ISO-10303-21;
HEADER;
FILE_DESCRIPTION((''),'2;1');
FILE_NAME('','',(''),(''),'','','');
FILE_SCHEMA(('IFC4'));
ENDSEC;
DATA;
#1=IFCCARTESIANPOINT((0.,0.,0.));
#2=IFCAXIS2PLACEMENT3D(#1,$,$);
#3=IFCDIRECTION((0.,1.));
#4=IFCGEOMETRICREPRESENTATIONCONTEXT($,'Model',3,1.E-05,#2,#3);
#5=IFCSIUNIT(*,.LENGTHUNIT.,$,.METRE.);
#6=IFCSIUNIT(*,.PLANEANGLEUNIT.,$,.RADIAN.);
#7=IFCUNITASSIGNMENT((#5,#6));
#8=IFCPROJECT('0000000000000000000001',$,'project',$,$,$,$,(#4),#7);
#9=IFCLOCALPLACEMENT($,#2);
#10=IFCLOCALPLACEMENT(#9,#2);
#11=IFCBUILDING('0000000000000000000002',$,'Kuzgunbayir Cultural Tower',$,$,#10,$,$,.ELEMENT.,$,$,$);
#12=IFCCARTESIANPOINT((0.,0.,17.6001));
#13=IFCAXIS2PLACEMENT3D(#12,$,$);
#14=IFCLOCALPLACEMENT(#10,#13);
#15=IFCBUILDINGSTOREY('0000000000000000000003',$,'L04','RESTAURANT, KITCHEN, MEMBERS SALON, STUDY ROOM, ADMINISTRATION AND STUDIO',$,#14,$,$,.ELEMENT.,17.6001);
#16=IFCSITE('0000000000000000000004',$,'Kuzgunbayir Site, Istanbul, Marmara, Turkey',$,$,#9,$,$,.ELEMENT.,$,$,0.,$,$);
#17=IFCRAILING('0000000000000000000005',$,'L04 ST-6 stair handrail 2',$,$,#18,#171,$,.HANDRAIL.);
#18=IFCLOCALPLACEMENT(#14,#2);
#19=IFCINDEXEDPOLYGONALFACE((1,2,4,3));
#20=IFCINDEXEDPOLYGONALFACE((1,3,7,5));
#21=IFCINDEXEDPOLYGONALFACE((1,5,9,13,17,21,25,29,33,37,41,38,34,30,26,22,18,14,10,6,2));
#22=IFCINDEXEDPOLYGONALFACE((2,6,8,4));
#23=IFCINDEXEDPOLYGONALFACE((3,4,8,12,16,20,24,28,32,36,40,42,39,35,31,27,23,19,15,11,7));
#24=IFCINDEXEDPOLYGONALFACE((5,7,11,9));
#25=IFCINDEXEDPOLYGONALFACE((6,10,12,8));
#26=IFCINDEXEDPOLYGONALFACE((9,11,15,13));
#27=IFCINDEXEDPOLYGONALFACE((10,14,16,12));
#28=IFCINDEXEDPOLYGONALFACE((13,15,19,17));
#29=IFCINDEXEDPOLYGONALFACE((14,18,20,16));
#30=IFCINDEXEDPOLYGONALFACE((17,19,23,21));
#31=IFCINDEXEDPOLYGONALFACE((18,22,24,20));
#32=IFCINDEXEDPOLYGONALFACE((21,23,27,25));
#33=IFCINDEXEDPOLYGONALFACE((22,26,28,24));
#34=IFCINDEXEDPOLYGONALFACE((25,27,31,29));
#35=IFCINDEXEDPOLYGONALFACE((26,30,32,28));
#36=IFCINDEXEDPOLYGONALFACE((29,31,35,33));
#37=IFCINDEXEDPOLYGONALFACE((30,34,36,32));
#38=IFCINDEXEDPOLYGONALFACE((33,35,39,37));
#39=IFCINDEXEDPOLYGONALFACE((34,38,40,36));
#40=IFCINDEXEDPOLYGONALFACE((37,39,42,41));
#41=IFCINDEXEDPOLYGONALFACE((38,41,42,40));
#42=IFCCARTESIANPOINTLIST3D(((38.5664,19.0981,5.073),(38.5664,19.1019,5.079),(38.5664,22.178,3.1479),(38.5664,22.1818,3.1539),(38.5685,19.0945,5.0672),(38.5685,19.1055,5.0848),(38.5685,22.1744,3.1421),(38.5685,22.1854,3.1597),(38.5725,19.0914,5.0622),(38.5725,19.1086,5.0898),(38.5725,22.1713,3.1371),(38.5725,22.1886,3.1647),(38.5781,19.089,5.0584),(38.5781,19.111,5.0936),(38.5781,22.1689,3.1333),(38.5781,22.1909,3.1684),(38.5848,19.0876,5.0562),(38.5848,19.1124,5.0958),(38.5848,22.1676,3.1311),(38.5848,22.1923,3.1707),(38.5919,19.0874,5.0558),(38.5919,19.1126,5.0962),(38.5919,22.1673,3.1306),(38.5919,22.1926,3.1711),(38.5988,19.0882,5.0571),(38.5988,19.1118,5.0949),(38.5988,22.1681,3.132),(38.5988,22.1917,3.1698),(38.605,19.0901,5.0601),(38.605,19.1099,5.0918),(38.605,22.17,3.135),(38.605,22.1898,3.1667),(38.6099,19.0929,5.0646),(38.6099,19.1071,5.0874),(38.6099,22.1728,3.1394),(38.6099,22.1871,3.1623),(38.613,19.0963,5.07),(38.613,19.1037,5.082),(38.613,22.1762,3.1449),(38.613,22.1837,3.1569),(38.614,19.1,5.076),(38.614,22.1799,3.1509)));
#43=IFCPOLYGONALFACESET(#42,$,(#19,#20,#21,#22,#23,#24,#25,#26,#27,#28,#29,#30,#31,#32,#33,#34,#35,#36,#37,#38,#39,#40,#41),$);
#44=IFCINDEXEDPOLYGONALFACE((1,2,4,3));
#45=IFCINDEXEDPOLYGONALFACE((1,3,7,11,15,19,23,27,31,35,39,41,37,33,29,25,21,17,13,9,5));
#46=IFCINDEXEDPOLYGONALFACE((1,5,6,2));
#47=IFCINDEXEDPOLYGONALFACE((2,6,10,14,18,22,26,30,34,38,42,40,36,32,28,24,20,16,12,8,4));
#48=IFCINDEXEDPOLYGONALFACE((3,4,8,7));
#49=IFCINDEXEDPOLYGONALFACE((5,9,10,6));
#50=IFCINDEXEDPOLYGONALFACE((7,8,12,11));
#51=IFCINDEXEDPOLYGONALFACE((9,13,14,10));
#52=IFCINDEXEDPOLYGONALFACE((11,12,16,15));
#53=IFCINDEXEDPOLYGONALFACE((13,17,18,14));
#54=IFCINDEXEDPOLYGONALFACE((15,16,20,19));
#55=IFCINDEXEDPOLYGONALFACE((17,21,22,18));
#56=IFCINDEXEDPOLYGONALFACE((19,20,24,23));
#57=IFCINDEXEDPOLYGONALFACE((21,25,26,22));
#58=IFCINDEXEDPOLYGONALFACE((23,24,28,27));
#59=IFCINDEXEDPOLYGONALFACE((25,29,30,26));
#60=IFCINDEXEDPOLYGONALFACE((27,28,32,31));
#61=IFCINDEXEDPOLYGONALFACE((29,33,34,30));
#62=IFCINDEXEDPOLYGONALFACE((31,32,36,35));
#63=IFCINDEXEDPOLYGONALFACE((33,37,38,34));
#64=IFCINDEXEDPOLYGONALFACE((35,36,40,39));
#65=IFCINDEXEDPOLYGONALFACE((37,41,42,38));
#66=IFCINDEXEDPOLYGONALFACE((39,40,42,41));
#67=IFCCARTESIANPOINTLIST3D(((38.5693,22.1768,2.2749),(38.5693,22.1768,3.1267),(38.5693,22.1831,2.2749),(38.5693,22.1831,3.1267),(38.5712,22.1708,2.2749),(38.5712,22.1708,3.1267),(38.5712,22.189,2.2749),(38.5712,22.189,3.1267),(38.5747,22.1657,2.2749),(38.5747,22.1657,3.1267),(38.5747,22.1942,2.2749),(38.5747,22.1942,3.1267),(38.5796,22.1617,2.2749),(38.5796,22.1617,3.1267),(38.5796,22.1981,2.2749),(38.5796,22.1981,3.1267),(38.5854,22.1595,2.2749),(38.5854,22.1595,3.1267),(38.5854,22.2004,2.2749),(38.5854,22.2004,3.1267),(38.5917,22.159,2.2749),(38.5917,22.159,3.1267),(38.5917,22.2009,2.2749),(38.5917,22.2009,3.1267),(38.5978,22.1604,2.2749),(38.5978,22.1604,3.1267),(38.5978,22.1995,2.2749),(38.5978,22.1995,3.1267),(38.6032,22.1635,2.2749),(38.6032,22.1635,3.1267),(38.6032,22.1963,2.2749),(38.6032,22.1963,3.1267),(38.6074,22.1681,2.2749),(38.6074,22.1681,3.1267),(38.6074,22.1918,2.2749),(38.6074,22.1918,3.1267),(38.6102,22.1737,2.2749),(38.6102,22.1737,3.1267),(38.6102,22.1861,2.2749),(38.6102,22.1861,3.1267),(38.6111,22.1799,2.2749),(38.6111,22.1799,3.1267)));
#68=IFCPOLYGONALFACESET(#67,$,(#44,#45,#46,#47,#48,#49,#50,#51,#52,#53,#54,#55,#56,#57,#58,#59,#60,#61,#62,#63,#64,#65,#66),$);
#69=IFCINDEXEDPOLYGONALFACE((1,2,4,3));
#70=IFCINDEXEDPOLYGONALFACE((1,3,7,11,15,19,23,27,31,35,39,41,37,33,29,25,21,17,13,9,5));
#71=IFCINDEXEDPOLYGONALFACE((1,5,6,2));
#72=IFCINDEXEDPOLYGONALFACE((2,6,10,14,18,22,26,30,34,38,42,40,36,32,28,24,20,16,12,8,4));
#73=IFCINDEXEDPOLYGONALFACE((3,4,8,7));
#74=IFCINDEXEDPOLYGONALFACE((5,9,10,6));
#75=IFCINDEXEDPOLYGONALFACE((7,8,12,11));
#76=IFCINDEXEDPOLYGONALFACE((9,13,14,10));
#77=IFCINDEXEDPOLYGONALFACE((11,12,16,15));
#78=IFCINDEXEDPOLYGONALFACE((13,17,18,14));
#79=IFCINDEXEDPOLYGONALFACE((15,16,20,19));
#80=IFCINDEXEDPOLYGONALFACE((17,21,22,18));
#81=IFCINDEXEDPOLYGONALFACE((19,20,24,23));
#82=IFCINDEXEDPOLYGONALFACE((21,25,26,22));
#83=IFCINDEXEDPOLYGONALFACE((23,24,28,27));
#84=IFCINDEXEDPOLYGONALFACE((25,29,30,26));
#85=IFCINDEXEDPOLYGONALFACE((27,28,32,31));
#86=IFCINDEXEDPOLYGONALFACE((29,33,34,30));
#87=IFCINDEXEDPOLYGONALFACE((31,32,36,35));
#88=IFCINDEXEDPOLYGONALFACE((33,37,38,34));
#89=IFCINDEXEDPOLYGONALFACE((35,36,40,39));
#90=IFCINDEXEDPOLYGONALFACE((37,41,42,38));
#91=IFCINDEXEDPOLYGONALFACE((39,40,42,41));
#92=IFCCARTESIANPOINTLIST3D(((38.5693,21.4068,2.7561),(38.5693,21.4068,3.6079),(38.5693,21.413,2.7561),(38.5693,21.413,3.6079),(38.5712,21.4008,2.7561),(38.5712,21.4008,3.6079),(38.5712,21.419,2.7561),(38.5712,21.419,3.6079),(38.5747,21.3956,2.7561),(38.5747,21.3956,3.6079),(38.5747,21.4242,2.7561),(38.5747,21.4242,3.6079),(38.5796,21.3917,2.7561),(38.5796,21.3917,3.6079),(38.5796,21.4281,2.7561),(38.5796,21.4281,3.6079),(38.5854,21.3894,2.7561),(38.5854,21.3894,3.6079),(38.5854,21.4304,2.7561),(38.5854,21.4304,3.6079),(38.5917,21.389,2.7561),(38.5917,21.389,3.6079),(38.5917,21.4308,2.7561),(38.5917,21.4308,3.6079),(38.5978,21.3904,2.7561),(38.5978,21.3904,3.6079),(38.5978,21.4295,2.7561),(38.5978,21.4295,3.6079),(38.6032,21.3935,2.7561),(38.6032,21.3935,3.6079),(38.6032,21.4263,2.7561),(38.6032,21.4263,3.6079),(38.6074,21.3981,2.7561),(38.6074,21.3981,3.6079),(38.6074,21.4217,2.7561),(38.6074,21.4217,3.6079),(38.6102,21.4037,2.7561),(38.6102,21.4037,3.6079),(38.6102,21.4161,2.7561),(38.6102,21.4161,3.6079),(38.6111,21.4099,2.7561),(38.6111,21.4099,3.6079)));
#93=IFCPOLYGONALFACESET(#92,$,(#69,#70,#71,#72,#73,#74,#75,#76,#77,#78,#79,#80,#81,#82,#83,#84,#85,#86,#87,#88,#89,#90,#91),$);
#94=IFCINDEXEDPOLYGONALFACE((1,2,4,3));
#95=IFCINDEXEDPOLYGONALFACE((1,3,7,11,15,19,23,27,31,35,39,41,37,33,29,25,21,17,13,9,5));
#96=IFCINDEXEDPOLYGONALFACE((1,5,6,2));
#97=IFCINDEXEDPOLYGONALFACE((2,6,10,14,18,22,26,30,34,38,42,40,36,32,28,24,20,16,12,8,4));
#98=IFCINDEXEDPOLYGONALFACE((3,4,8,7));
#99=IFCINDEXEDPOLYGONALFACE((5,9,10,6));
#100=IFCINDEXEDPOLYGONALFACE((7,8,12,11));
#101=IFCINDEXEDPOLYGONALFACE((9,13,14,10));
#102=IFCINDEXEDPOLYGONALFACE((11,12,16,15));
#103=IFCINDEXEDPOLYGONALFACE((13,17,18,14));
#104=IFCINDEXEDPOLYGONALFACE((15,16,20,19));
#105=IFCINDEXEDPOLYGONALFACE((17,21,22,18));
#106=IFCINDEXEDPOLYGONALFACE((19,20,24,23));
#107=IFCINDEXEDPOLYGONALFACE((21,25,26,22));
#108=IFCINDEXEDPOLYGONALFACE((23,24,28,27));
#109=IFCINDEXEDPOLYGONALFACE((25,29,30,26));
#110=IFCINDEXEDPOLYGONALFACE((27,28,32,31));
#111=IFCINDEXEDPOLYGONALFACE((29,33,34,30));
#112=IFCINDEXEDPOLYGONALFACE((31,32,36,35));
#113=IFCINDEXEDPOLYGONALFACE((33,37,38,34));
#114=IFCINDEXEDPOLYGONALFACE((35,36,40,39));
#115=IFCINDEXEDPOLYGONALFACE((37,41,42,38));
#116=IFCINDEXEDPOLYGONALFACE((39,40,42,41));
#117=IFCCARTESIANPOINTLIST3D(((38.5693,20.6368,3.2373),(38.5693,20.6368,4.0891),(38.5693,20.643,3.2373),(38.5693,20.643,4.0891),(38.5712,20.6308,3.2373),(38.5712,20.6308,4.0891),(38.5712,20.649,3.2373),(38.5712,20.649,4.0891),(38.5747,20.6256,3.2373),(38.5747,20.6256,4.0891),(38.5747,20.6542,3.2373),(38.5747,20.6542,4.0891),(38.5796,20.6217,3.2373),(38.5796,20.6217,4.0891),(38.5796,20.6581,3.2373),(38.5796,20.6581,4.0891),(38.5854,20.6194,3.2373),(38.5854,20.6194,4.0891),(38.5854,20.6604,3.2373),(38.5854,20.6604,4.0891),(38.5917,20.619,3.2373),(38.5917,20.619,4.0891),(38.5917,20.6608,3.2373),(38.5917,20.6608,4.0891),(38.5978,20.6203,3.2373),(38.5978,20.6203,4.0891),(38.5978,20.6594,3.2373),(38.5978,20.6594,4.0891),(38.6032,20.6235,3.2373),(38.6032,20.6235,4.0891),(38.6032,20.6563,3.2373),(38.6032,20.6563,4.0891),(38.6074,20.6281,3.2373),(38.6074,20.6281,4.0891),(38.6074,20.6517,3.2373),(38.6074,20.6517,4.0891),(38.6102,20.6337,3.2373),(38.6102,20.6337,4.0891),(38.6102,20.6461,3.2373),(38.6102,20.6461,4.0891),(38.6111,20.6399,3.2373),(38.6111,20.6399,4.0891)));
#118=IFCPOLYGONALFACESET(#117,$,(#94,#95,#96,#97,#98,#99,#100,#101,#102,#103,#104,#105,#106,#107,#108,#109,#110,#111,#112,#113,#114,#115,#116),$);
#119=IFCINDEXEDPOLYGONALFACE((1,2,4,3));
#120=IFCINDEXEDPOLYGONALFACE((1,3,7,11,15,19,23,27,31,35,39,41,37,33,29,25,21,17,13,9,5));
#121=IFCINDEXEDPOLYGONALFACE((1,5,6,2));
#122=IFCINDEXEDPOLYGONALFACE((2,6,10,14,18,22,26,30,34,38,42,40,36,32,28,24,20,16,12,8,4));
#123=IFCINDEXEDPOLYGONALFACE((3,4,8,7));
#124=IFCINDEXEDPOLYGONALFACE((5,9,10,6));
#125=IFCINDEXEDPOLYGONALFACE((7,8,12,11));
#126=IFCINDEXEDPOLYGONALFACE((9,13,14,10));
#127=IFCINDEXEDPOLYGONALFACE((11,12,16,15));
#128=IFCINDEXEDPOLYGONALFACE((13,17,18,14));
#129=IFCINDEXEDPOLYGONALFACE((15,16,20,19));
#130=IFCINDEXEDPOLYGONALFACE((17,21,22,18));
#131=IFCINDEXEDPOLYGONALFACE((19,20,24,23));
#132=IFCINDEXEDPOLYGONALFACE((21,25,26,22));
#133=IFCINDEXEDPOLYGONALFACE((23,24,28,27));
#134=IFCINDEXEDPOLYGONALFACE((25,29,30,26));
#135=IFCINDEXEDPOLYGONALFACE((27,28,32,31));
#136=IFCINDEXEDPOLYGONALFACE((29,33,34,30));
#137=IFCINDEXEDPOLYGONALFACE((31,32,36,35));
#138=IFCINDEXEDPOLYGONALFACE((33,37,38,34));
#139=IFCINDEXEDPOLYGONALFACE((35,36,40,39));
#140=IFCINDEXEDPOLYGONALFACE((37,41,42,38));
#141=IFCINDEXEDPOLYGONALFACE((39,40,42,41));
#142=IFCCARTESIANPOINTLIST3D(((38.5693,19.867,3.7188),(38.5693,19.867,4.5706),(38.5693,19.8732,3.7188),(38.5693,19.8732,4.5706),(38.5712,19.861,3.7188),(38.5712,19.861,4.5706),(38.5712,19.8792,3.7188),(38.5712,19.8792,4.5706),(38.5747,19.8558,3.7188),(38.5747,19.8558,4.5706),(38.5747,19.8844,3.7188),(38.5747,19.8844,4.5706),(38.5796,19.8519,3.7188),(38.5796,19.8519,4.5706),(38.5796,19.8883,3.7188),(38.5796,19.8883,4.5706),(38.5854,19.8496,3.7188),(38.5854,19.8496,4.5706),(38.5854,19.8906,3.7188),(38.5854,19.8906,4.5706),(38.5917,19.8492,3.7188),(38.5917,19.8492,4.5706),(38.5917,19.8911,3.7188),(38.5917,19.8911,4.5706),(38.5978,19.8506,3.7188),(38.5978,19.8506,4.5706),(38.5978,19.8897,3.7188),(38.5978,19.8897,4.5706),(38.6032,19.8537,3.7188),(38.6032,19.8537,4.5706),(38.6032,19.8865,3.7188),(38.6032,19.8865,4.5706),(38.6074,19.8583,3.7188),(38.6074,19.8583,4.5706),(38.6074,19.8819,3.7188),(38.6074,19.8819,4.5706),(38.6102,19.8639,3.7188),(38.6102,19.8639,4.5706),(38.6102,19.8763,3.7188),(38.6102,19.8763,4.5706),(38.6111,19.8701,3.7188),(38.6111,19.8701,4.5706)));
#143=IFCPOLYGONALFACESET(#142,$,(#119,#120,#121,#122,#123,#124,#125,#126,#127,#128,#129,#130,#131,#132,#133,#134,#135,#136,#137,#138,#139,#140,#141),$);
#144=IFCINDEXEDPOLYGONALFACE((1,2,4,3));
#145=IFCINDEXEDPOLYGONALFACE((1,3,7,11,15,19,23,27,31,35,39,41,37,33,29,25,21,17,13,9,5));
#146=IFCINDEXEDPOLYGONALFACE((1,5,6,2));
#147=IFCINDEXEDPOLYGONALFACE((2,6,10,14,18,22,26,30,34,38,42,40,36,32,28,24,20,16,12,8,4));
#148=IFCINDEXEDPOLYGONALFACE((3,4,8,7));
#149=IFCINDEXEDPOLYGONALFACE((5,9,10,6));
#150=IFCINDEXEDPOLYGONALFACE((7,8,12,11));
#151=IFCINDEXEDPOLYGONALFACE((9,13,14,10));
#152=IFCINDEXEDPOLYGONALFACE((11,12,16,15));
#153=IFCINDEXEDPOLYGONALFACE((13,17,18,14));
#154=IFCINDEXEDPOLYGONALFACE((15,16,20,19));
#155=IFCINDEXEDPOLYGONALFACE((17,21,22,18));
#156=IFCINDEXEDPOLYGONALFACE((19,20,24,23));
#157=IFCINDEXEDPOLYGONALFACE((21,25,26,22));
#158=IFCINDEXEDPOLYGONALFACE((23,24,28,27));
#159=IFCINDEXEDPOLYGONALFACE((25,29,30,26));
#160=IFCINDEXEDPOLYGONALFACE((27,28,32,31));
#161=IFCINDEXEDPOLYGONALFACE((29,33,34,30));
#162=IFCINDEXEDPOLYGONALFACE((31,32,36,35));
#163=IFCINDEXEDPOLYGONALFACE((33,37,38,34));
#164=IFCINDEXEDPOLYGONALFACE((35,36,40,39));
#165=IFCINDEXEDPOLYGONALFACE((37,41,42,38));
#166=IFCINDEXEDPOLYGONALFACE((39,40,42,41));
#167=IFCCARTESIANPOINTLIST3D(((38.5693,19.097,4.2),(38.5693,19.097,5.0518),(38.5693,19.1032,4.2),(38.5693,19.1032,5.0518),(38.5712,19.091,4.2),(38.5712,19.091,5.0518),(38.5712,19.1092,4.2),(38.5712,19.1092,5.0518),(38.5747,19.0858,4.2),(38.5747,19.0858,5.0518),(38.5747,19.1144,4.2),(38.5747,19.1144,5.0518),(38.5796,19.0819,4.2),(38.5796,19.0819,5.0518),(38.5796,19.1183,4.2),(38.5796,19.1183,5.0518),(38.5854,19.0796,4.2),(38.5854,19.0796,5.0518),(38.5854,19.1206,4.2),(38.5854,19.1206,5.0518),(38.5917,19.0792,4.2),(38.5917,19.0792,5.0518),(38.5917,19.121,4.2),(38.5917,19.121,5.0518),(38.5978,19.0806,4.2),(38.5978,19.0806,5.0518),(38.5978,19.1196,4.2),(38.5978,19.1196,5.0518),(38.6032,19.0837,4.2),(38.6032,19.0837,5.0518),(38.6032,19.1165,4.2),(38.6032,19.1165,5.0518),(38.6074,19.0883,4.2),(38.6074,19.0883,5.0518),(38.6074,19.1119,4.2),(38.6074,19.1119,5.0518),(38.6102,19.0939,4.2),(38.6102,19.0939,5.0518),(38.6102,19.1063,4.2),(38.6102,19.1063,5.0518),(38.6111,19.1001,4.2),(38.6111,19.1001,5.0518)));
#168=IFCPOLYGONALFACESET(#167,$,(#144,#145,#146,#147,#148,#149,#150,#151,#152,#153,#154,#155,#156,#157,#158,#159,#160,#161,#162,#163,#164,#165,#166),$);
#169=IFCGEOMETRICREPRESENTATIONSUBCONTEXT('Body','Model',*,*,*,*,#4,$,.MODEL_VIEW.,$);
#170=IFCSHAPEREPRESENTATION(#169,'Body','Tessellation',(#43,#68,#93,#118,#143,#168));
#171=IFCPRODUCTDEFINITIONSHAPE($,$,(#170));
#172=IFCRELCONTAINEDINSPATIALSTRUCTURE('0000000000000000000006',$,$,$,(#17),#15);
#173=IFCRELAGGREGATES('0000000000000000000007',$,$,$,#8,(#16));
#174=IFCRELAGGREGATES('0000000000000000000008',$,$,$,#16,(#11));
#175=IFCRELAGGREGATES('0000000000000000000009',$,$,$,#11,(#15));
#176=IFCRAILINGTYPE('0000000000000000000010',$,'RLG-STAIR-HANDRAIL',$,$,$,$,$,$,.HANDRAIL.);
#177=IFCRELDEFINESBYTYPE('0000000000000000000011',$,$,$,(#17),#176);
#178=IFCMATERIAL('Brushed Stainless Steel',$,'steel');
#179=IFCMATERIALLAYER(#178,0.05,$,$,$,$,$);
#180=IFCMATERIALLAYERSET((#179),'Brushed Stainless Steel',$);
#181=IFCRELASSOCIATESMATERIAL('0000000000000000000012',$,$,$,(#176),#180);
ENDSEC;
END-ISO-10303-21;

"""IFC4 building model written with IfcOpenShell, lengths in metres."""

from ifc_helpers import new_model, si_unit, direction, frame, origin, origin_2d, place, context, subcontext, project, spatial, circle, extrude, material, layer, layer_set, type_object, element, save


model = new_model("IFC4")

# Units and contexts
model_context = context("Model", 3, precision=1e-05, world=origin(), true_north=direction((0.0, 1.0)))
body_context = subcontext(model_context, "Body", "Model", "MODEL_VIEW")
ifc_project = project(units=[si_unit("LENGTHUNIT", "METRE"), si_unit("PLANEANGLEUNIT", "RADIAN")], contexts=[model_context])

# Site, building, storey
site_placement = place(None, origin())
site = spatial("IfcSite", under=ifc_project, at=site_placement, Name="Kuzgunbayir Site, Istanbul, Marmara, Turkey", CompositionType="ELEMENT", RefElevation=0.0)
building_placement = place(site_placement, origin())
building = spatial("IfcBuilding", under=site, at=building_placement, Name="Kuzgunbayir Cultural Tower", CompositionType="ELEMENT")
storey_placement = place(building_placement, frame((0.0, 0.0, 17.6001)))
storey = spatial("IfcBuildingStorey", under=building, at=storey_placement, Name="L04", Description="RESTAURANT, KITCHEN, MEMBERS SALON, STUDY ROOM, ADMINISTRATION AND STUDIO", CompositionType="ELEMENT", Elevation=17.6001)

# Railing
ifc_material_1 = material(Name="Brushed Stainless Steel", Category="steel")
ifc_layer_1 = layer(ifc_material_1, 0.05)
ifc_layer_set_1 = layer_set([ifc_layer_1], Name="Brushed Stainless Steel")
railing_type_1 = type_object("IfcRailingType", Name="RLG-STAIR-HANDRAIL", PredefinedType="HANDRAIL", material=ifc_layer_set_1)
railing_1_placement = place(storey_placement, frame((38.5901, 22.1799, 2.2749)))
element("IfcRailing", 1, at=railing_1_placement, inside=storey, type_object=railing_type_1, Name="L04 ST-6 stair handrail 2", PredefinedType="HANDRAIL", context=body_context, shape_type="SweptSolid", body=[
    extrude(circle(Radius=0.0239, at=origin_2d()), frame((0.0, 0.0, 0.876), z_axis=(0.0, -0.847979, 0.530029), x_axis=(1.0, 0.0, 0.0)), (0.0, 0.0, 1.0), 3.6321),
    extrude(circle(Radius=0.021, at=origin_2d()), origin(), (0.0, 0.0, 1.0), 0.8518),
    extrude(circle(Radius=0.021, at=origin_2d()), frame((0.0, -0.77, 0.4812)), (0.0, 0.0, 1.0), 0.8518),
    extrude(circle(Radius=0.021, at=origin_2d()), frame((0.0, -1.54, 0.9624)), (0.0, 0.0, 1.0), 0.8518),
    extrude(circle(Radius=0.021, at=origin_2d()), frame((0.0, -2.3098, 1.4438)), (0.0, 0.0, 1.0), 0.8518),
    extrude(circle(Radius=0.021, at=origin_2d()), frame((0.0, -3.0798, 1.925)), (0.0, 0.0, 1.0), 0.8518),
])

save(model, "model.ifc")
